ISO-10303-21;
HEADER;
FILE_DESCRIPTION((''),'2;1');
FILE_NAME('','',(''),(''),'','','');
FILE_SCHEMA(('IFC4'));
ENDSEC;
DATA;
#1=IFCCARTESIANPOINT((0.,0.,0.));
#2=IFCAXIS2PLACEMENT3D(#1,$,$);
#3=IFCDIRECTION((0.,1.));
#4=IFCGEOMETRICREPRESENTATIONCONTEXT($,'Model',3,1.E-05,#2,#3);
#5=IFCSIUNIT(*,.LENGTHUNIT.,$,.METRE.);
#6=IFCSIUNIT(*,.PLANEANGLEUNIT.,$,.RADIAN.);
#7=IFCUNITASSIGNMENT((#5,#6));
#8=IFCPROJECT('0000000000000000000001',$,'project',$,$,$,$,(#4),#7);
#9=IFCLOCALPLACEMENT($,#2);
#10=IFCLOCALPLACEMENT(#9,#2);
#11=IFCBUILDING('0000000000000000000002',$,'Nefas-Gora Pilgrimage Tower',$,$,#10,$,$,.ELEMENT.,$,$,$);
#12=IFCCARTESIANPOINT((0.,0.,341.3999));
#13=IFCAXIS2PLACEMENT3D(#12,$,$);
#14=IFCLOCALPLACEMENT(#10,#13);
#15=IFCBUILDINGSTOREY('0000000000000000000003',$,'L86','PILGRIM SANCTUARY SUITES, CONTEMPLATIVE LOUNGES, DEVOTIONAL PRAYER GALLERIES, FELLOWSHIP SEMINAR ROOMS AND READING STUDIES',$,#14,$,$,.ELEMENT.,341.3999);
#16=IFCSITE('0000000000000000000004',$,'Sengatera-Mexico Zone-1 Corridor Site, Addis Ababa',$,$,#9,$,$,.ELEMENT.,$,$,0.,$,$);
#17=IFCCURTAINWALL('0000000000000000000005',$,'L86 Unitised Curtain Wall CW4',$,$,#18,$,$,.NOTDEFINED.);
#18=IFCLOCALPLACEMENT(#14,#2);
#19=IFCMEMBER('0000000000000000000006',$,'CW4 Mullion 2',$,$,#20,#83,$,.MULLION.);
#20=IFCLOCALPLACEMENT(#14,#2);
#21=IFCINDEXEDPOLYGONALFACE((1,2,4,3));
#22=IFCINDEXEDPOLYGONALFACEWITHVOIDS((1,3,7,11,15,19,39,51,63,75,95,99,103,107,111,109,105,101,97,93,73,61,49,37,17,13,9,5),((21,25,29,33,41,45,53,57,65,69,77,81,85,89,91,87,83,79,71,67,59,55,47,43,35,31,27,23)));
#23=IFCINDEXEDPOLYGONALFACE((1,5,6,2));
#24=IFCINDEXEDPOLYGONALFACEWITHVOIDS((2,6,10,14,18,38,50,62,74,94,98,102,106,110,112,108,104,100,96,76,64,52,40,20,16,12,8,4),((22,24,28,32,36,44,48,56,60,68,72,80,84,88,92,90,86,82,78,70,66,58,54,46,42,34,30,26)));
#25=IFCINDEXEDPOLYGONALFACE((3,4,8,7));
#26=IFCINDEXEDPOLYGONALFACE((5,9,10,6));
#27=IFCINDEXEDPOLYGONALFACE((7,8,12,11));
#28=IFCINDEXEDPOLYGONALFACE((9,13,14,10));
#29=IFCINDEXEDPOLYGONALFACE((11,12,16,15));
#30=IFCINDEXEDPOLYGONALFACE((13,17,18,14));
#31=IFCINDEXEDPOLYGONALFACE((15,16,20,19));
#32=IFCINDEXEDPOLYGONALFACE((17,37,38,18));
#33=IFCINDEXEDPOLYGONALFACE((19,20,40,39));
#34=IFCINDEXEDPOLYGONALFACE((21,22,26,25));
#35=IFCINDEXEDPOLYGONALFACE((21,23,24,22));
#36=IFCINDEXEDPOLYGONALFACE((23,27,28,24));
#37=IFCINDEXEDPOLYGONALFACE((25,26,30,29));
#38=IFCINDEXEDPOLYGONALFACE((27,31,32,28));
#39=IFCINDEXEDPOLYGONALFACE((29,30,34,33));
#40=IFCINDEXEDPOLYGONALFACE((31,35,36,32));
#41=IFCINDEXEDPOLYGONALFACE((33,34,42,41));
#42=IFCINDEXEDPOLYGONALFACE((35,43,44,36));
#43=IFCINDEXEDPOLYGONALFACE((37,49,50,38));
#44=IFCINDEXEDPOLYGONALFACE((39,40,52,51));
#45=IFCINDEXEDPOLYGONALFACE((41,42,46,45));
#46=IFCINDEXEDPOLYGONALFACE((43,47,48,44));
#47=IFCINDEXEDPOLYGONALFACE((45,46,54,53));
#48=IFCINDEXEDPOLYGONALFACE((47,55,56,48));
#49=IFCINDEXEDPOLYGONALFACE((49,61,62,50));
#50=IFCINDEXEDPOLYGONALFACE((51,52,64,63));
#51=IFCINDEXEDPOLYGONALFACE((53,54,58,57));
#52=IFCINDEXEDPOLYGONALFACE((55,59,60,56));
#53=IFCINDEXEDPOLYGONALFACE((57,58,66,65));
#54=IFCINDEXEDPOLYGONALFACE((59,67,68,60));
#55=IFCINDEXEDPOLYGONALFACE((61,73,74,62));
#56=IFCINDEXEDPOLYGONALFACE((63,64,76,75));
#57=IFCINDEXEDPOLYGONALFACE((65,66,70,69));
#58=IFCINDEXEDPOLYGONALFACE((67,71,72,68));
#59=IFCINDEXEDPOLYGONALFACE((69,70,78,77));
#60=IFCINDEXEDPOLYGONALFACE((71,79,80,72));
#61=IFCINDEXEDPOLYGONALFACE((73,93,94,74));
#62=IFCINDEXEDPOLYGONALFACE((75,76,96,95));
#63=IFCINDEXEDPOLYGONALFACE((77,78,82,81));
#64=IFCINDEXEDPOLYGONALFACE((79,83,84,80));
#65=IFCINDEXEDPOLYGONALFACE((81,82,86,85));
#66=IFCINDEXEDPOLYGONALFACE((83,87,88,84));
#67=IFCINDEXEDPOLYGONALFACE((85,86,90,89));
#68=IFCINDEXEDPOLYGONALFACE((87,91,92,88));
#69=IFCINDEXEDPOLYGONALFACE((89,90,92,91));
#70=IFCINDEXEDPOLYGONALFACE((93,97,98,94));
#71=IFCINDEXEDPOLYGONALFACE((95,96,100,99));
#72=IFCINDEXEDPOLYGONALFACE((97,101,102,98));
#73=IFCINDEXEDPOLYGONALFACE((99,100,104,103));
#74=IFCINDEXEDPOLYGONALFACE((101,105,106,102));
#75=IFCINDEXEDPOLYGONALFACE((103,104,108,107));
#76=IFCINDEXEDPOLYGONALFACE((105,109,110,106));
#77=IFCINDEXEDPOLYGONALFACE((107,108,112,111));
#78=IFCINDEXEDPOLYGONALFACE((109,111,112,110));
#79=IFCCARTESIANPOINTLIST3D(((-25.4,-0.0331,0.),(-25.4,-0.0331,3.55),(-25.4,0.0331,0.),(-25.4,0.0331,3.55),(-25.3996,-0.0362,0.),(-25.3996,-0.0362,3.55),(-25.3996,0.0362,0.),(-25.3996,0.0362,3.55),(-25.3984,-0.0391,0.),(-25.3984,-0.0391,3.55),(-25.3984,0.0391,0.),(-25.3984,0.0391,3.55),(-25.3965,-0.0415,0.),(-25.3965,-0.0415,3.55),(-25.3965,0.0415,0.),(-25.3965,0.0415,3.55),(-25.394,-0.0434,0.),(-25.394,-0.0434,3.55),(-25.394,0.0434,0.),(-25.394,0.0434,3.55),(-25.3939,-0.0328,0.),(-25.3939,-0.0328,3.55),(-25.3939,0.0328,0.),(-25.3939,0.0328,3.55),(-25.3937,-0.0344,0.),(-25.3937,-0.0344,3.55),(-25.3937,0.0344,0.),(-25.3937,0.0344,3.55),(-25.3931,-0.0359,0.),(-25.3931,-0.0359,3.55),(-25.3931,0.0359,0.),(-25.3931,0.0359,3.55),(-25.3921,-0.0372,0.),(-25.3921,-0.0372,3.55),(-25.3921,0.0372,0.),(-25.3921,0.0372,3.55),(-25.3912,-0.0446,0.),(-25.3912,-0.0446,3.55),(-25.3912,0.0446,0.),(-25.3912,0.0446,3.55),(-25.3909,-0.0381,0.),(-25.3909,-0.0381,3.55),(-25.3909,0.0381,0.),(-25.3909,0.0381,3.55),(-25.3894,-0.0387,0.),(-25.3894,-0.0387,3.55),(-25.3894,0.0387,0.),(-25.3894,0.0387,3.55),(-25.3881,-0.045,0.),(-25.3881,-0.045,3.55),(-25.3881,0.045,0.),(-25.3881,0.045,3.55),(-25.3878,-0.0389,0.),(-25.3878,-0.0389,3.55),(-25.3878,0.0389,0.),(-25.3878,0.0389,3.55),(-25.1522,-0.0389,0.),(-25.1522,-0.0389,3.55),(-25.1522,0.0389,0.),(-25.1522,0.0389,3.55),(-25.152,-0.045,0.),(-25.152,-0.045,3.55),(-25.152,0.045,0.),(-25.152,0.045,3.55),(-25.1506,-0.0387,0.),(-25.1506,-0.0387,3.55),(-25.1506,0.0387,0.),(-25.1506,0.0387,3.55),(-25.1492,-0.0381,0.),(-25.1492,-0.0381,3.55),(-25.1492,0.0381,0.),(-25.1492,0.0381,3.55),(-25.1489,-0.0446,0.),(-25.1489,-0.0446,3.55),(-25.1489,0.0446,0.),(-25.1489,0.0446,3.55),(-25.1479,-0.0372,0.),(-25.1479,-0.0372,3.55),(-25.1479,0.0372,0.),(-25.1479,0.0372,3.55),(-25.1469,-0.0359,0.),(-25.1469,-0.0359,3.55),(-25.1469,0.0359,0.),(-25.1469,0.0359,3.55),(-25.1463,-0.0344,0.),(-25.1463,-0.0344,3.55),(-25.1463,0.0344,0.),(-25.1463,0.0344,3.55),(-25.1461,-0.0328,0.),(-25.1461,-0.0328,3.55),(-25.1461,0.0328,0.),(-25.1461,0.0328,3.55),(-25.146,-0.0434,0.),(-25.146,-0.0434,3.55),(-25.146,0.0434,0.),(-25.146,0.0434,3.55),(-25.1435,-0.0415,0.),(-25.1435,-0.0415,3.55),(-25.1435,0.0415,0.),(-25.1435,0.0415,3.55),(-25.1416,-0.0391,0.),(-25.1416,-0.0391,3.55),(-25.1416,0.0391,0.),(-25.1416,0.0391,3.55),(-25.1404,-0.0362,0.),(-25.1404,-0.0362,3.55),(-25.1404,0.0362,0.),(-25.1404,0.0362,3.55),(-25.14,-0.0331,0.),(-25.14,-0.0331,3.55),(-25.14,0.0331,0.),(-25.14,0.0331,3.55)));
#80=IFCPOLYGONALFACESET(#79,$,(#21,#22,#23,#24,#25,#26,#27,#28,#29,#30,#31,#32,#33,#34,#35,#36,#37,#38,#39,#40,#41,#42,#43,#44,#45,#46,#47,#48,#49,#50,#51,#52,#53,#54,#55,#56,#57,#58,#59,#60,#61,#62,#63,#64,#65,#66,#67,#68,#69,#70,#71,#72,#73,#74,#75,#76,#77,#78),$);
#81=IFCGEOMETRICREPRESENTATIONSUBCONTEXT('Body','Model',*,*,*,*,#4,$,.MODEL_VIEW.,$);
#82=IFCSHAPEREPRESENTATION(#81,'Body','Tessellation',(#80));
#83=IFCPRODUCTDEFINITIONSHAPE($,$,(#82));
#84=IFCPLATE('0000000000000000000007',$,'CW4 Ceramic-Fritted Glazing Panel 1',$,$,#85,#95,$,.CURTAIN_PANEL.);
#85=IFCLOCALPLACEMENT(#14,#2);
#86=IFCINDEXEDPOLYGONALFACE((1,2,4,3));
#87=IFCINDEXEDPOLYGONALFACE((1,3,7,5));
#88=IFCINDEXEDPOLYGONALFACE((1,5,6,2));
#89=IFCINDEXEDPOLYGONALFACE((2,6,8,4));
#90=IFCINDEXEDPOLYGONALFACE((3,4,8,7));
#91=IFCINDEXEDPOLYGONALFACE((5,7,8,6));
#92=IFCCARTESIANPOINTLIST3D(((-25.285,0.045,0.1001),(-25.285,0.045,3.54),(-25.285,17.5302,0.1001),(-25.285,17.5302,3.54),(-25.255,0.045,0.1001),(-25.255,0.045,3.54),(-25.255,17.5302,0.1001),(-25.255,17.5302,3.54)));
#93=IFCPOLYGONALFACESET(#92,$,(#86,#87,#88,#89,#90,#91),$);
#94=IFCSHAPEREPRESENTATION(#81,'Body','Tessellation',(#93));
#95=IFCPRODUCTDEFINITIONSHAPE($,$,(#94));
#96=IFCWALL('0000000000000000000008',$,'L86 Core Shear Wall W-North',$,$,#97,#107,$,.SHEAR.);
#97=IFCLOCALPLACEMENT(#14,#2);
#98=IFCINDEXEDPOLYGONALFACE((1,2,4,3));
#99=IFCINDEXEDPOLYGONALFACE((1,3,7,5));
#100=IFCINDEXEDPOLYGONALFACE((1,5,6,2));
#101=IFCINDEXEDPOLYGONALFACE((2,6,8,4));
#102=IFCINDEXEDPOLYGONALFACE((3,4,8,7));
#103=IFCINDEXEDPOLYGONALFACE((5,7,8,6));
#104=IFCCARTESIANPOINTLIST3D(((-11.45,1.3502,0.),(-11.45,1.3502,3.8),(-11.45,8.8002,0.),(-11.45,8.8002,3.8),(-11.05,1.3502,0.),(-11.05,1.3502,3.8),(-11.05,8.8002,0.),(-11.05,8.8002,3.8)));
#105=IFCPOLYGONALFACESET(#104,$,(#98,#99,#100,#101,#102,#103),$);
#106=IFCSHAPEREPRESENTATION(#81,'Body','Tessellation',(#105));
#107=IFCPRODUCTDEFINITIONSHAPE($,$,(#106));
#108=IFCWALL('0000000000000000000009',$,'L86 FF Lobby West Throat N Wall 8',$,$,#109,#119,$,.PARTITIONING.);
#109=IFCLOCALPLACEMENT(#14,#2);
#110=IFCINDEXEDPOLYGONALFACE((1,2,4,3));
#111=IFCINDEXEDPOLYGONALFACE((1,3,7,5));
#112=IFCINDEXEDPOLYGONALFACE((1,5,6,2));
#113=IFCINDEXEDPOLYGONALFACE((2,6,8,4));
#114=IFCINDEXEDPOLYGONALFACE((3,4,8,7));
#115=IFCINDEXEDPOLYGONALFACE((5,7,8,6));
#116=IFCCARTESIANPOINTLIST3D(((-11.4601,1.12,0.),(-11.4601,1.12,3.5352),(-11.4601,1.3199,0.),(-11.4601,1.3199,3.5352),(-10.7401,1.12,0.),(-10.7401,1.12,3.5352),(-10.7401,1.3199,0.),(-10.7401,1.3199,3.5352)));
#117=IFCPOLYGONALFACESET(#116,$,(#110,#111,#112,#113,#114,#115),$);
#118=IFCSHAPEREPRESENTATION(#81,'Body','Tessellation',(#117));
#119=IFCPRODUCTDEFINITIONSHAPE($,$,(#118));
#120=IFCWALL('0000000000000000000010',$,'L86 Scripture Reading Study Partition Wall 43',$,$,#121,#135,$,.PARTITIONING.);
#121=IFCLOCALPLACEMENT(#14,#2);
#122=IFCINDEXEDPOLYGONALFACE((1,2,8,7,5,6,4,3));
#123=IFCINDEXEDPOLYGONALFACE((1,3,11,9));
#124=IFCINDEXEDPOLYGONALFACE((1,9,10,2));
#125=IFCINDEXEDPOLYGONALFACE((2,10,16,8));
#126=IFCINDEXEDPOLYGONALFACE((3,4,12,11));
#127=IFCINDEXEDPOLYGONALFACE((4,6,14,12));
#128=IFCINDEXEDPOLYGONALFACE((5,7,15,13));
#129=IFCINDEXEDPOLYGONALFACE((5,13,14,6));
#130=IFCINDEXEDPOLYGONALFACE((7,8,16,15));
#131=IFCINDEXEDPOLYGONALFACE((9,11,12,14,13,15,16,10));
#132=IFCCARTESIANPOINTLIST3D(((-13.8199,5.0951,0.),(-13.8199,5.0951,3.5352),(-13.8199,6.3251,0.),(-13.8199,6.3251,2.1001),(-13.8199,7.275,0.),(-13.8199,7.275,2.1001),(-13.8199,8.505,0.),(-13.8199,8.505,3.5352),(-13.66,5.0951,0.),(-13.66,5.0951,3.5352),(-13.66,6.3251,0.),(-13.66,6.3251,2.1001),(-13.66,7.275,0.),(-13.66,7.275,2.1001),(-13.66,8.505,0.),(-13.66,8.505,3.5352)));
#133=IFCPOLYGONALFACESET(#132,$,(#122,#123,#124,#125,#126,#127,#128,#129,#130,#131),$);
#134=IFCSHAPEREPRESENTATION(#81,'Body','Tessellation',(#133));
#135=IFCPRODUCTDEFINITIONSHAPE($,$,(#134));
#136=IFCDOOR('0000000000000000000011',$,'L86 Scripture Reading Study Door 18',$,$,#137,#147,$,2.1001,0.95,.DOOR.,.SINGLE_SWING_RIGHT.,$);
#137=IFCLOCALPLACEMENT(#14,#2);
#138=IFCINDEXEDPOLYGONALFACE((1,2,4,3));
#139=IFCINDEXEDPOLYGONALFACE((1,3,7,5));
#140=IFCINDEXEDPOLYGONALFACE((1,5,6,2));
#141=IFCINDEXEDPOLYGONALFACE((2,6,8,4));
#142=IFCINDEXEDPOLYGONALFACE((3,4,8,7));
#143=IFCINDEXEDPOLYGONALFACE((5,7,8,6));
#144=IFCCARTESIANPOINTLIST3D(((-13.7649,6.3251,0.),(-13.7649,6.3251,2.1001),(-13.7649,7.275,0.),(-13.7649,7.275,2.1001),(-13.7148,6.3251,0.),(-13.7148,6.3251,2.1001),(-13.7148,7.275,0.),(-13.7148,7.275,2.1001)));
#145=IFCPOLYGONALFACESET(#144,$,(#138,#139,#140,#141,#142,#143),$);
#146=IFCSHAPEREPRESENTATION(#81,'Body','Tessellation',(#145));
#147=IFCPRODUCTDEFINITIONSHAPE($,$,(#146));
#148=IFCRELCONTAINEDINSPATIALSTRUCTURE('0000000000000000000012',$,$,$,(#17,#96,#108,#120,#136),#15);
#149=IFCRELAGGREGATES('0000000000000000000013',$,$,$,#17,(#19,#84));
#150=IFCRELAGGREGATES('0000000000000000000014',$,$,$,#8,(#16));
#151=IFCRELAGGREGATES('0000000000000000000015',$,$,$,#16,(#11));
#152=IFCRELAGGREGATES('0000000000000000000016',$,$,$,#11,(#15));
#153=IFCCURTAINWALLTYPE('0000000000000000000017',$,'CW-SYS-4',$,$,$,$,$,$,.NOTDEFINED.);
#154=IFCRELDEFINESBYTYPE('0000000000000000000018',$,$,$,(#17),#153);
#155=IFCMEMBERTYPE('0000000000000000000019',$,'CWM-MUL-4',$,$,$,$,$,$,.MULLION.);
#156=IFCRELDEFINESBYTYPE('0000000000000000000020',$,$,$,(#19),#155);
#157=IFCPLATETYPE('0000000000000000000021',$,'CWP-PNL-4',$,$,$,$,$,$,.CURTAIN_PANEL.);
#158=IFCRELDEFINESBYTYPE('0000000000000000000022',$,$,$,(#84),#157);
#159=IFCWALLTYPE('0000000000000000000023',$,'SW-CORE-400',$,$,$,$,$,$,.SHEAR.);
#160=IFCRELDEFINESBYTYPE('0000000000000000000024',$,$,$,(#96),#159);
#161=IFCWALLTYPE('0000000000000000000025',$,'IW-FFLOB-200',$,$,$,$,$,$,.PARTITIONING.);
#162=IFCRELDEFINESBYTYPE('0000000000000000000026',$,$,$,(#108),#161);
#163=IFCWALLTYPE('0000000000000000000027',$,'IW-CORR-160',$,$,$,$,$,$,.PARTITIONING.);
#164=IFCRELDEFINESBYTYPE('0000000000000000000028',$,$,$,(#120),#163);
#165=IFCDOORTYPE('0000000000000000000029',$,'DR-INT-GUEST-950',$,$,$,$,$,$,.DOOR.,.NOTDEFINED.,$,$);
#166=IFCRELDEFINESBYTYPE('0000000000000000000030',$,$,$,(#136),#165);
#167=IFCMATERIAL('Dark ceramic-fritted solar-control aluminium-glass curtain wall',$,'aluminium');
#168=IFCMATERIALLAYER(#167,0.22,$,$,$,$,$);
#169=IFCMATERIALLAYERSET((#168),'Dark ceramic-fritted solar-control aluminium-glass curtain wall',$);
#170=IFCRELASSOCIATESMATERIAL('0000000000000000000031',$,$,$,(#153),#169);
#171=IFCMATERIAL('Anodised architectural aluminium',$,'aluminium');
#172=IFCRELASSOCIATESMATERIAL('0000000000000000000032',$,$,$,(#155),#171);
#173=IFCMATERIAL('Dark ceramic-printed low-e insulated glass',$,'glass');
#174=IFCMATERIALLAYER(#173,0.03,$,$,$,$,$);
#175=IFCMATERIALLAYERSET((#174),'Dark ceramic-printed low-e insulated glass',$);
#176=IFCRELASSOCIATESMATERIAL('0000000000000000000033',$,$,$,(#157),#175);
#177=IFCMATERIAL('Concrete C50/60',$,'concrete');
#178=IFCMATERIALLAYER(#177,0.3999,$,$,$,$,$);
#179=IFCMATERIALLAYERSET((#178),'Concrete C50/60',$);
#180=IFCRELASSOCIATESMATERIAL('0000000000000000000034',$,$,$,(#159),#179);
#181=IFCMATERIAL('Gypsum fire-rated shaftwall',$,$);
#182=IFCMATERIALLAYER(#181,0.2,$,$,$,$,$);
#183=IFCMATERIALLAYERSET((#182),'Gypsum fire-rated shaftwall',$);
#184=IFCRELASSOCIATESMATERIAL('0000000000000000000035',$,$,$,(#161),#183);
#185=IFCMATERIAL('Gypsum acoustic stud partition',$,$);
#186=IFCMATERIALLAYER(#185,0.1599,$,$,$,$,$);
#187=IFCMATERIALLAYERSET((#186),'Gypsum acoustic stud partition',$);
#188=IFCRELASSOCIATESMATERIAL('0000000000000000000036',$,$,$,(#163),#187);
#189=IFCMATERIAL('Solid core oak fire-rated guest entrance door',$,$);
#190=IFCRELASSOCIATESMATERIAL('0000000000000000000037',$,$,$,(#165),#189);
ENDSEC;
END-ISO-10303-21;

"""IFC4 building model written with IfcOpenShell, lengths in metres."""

from ifc_helpers import new_model, si_unit, direction, frame, frame_2d, origin, origin_2d, place, context, subcontext, project, spatial, rectangle, hollow_rectangle, extrude, source, transform, mapped, material, layer, layer_set, material_profile, profile_set, type_object, element, fill, aggregate, save


model = new_model("IFC4")

# Units and contexts
model_context = context("Model", 3, precision=1e-05, world=origin(), true_north=direction((0.0, 1.0)))
body_context = subcontext(model_context, "Body", "Model", "MODEL_VIEW")
ifc_project = project(units=[si_unit("LENGTHUNIT", "METRE"), si_unit("PLANEANGLEUNIT", "RADIAN")], contexts=[model_context])

# Site, building, storey
site_placement = place(None, origin())
site = spatial("IfcSite", under=ifc_project, at=site_placement, Name="Sengatera-Mexico Zone-1 Corridor Site, Addis Ababa", CompositionType="ELEMENT", RefElevation=0.0)
building_placement = place(site_placement, origin())
building = spatial("IfcBuilding", under=site, at=building_placement, Name="Nefas-Gora Pilgrimage Tower", CompositionType="ELEMENT")
storey_placement = place(building_placement, frame((0.0, 0.0, 341.3999)))
storey = spatial("IfcBuildingStorey", under=building, at=storey_placement, Name="L86", Description="PILGRIM SANCTUARY SUITES, CONTEMPLATIVE LOUNGES, DEVOTIONAL PRAYER GALLERIES, FELLOWSHIP SEMINAR ROOMS AND READING STUDIES", CompositionType="ELEMENT", Elevation=341.3999)

# Curtain wall, member, plate
ifc_material_1 = material(Name="Dark ceramic-fritted solar-control aluminium-glass curtain wall", Category="aluminium")
ifc_layer_1 = layer(ifc_material_1, 0.22)
ifc_layer_set_1 = layer_set([ifc_layer_1], Name="Dark ceramic-fritted solar-control aluminium-glass curtain wall")
curtain_wall_type = type_object("IfcCurtainWallType", Name="CW-SYS-4", PredefinedType="NOTDEFINED", material=ifc_layer_set_1)
curtain_wall_placement = place(storey_placement, origin())
curtain_wall = element("IfcCurtainWall", 1, at=curtain_wall_placement, inside=storey, type_object=curtain_wall_type, Name="L86 Unitised Curtain Wall CW4", PredefinedType="NOTDEFINED")
ifc_material_2 = material(Name="Anodised architectural aluminium", Category="aluminium")
ifc_material_profile_1 = material_profile(ifc_material_2, hollow_rectangle(XDim=0.0901, YDim=0.26, WallThickness=0.0061, InnerFilletRadius=0.0061, OuterFilletRadius=0.012, at=origin_2d()), Name="ALU MULLION 90x260")
ifc_profile_set_1 = profile_set([ifc_material_profile_1], Name="Anodised architectural aluminium")
member_type = type_object("IfcMemberType", Name="CWM-MUL-4", PredefinedType="MULLION", material=ifc_profile_set_1)
shared_shape_1 = source(origin(), body_context, "Body", "SweptSolid", [
    extrude(hollow_rectangle(XDim=0.0901, YDim=0.26, WallThickness=0.0061, InnerFilletRadius=0.0061, OuterFilletRadius=0.012, at=origin_2d()), origin(), (0.0, 0.0, 1.0), 3.55),
])
member_placement = place(storey_placement, frame((-25.27, 0.0, 0.0), z_axis=(0.0, 0.0, 1.0), x_axis=(0.0, -1.0, 0.0)))
member = element("IfcMember", 2, at=member_placement, type_object=member_type, Name="CW4 Mullion 2", PredefinedType="MULLION", context=body_context, shape_type="MappedRepresentation", body=[
    mapped(shared_shape_1, transform((0.0, 0.0, 0.0), x_axis=(1.0, 0.0, 0.0), y_axis=(0.0, 1.0, 0.0), z_axis=(0.0, 0.0, 1.0), scale=1.0)),
])
ifc_material_3 = material(Name="Dark ceramic-printed low-e insulated glass", Category="glass")
ifc_layer_2 = layer(ifc_material_3, 0.03)
ifc_layer_set_2 = layer_set([ifc_layer_2], Name="Dark ceramic-printed low-e insulated glass")
plate_type = type_object("IfcPlateType", Name="CWP-PNL-4", PredefinedType="CURTAIN_PANEL", material=ifc_layer_set_2)
shared_shape_2 = source(origin(), body_context, "Body", "SweptSolid", [
    extrude(rectangle(XDim=17.4851, YDim=0.03, at=origin_2d()), origin(), (0.0, 0.0, 1.0), 3.4399),
])
plate_placement = place(storey_placement, frame((-25.27, 8.7876, 0.1001), z_axis=(0.0, 0.0, 1.0), x_axis=(0.0, -1.0, 0.0)))
plate = element("IfcPlate", 3, at=plate_placement, type_object=plate_type, Name="CW4 Ceramic-Fritted Glazing Panel 1", PredefinedType="CURTAIN_PANEL", context=body_context, shape_type="MappedRepresentation", body=[
    mapped(shared_shape_2, transform((0.0, 0.0, 0.0), x_axis=(1.0, 0.0, 0.0), y_axis=(0.0, 1.0, 0.0), z_axis=(0.0, 0.0, 1.0), scale=1.0)),
])
aggregate(curtain_wall, [member, plate])

# Walls
ifc_material_4 = material(Name="Concrete C50/60", Category="concrete")
ifc_layer_3 = layer(ifc_material_4, 0.3999)
ifc_layer_set_3 = layer_set([ifc_layer_3], Name="Concrete C50/60")
wall_type_1 = type_object("IfcWallType", Name="SW-CORE-400", PredefinedType="SHEAR", material=ifc_layer_set_3)
shared_shape_3 = source(origin(), body_context, "Body", "SweptSolid", [
    extrude(rectangle(XDim=7.45, YDim=0.3999, at=frame_2d((3.7251, 0.0))), origin(), (0.0, 0.0, 1.0), 3.8),
])
wall_1_placement = place(storey_placement, frame((-11.25, 1.3501, 0.0), z_axis=(0.0, 0.0, 1.0), x_axis=(0.0, 1.0, 0.0)))
element("IfcWall", 4, at=wall_1_placement, inside=storey, type_object=wall_type_1, Name="L86 Core Shear Wall W-North", PredefinedType="SHEAR", context=body_context, shape_type="MappedRepresentation", body=[
    mapped(shared_shape_3, transform((0.0, 0.0, 0.0), x_axis=(1.0, 0.0, 0.0), y_axis=(0.0, 1.0, 0.0), z_axis=(0.0, 0.0, 1.0), scale=1.0)),
])
ifc_material_5 = material(Name="Gypsum fire-rated shaftwall")
ifc_layer_4 = layer(ifc_material_5, 0.2)
ifc_layer_set_4 = layer_set([ifc_layer_4], Name="Gypsum fire-rated shaftwall")
wall_type_2 = type_object("IfcWallType", Name="IW-FFLOB-200", PredefinedType="PARTITIONING", material=ifc_layer_set_4)
shared_shape_4 = source(origin(), body_context, "Body", "SweptSolid", [
    extrude(rectangle(XDim=0.72, YDim=0.2, at=frame_2d((0.3599, 0.0))), origin(), (0.0, 0.0, 1.0), 3.5352),
])
wall_2_placement = place(storey_placement, frame((-11.46, 1.22, 0.0), z_axis=(0.0, 0.0, 1.0), x_axis=(1.0, 0.0, 0.0)))
element("IfcWall", 5, at=wall_2_placement, inside=storey, type_object=wall_type_2, Name="L86 FF Lobby West Throat N Wall 8", PredefinedType="PARTITIONING", context=body_context, shape_type="MappedRepresentation", body=[
    mapped(shared_shape_4, transform((0.0, 0.0, 0.0), x_axis=(1.0, 0.0, 0.0), y_axis=(0.0, 1.0, 0.0), z_axis=(0.0, 0.0, 1.0), scale=1.0)),
])

# Wall, opening, door
ifc_material_6 = material(Name="Gypsum acoustic stud partition")
ifc_layer_5 = layer(ifc_material_6, 0.1599)
ifc_layer_set_5 = layer_set([ifc_layer_5], Name="Gypsum acoustic stud partition")
wall_type_3 = type_object("IfcWallType", Name="IW-CORR-160", PredefinedType="PARTITIONING", material=ifc_layer_set_5)
shared_shape_5 = source(origin(), body_context, "Body", "SweptSolid", [
    extrude(rectangle(XDim=3.4099, YDim=0.1599, at=frame_2d((1.7051, 0.0))), origin(), (0.0, 0.0, 1.0), 3.5352),
])
wall_3_placement = place(storey_placement, frame((-13.74, 5.095, 0.0), z_axis=(0.0, 0.0, 1.0), x_axis=(0.0, 1.0, 0.0)))
wall_3 = element("IfcWall", 6, at=wall_3_placement, inside=storey, type_object=wall_type_3, Name="L86 Scripture Reading Study Partition Wall 43", PredefinedType="PARTITIONING", context=body_context, shape_type="MappedRepresentation", body=[
    mapped(shared_shape_5, transform((0.0, 0.0, 0.0), x_axis=(1.0, 0.0, 0.0), y_axis=(0.0, 1.0, 0.0), z_axis=(0.0, 0.0, 1.0), scale=1.0)),
])
opening_1_placement = place(wall_3_placement, frame((1.23, 0.0, 0.0)))
opening_1 = element("IfcOpeningElement", 7, at=opening_1_placement, cuts=wall_3, PredefinedType="OPENING", context=body_context, shape_type="SweptSolid", body=[
    extrude(rectangle(XDim=0.95, YDim=2.1001, at=frame_2d((0.4751, 1.05))), frame((0.0, 0.0898, 0.0), z_axis=(0.0, -1.0, 0.0), x_axis=(1.0, 0.0, 0.0)), (0.0, 0.0, 1.0), 0.1799),
])
ifc_material_7 = material(Name="Solid core oak fire-rated guest entrance door")
door_type = type_object("IfcDoorType", Name="DR-INT-GUEST-950", OperationType="NOTDEFINED", PredefinedType="DOOR", material=ifc_material_7)
shared_shape_6 = source(origin(), body_context, "Body", "SweptSolid", [
    extrude(rectangle(XDim=0.95, YDim=2.1001, at=frame_2d((0.4751, 1.05))), frame((0.0, 0.0249, 0.0), z_axis=(0.0, -1.0, 0.0), x_axis=(1.0, 0.0, 0.0)), (0.0, 0.0, 1.0), 0.05),
])
door_1_placement = place(opening_1_placement, origin())
door_1 = element("IfcDoor", 8, at=door_1_placement, inside=storey, type_object=door_type, Name="L86 Scripture Reading Study Door 18", OperationType="SINGLE_SWING_RIGHT", OverallHeight=2.1001, OverallWidth=0.95, PredefinedType="DOOR", context=body_context, shape_type="MappedRepresentation", body=[
    mapped(shared_shape_6, transform((0.0, 0.0, 0.0), x_axis=(1.0, 0.0, 0.0), y_axis=(0.0, 1.0, 0.0), z_axis=(0.0, 0.0, 1.0), scale=1.0)),
])
fill(opening_1, door_1)

save(model, "model.ifc")
